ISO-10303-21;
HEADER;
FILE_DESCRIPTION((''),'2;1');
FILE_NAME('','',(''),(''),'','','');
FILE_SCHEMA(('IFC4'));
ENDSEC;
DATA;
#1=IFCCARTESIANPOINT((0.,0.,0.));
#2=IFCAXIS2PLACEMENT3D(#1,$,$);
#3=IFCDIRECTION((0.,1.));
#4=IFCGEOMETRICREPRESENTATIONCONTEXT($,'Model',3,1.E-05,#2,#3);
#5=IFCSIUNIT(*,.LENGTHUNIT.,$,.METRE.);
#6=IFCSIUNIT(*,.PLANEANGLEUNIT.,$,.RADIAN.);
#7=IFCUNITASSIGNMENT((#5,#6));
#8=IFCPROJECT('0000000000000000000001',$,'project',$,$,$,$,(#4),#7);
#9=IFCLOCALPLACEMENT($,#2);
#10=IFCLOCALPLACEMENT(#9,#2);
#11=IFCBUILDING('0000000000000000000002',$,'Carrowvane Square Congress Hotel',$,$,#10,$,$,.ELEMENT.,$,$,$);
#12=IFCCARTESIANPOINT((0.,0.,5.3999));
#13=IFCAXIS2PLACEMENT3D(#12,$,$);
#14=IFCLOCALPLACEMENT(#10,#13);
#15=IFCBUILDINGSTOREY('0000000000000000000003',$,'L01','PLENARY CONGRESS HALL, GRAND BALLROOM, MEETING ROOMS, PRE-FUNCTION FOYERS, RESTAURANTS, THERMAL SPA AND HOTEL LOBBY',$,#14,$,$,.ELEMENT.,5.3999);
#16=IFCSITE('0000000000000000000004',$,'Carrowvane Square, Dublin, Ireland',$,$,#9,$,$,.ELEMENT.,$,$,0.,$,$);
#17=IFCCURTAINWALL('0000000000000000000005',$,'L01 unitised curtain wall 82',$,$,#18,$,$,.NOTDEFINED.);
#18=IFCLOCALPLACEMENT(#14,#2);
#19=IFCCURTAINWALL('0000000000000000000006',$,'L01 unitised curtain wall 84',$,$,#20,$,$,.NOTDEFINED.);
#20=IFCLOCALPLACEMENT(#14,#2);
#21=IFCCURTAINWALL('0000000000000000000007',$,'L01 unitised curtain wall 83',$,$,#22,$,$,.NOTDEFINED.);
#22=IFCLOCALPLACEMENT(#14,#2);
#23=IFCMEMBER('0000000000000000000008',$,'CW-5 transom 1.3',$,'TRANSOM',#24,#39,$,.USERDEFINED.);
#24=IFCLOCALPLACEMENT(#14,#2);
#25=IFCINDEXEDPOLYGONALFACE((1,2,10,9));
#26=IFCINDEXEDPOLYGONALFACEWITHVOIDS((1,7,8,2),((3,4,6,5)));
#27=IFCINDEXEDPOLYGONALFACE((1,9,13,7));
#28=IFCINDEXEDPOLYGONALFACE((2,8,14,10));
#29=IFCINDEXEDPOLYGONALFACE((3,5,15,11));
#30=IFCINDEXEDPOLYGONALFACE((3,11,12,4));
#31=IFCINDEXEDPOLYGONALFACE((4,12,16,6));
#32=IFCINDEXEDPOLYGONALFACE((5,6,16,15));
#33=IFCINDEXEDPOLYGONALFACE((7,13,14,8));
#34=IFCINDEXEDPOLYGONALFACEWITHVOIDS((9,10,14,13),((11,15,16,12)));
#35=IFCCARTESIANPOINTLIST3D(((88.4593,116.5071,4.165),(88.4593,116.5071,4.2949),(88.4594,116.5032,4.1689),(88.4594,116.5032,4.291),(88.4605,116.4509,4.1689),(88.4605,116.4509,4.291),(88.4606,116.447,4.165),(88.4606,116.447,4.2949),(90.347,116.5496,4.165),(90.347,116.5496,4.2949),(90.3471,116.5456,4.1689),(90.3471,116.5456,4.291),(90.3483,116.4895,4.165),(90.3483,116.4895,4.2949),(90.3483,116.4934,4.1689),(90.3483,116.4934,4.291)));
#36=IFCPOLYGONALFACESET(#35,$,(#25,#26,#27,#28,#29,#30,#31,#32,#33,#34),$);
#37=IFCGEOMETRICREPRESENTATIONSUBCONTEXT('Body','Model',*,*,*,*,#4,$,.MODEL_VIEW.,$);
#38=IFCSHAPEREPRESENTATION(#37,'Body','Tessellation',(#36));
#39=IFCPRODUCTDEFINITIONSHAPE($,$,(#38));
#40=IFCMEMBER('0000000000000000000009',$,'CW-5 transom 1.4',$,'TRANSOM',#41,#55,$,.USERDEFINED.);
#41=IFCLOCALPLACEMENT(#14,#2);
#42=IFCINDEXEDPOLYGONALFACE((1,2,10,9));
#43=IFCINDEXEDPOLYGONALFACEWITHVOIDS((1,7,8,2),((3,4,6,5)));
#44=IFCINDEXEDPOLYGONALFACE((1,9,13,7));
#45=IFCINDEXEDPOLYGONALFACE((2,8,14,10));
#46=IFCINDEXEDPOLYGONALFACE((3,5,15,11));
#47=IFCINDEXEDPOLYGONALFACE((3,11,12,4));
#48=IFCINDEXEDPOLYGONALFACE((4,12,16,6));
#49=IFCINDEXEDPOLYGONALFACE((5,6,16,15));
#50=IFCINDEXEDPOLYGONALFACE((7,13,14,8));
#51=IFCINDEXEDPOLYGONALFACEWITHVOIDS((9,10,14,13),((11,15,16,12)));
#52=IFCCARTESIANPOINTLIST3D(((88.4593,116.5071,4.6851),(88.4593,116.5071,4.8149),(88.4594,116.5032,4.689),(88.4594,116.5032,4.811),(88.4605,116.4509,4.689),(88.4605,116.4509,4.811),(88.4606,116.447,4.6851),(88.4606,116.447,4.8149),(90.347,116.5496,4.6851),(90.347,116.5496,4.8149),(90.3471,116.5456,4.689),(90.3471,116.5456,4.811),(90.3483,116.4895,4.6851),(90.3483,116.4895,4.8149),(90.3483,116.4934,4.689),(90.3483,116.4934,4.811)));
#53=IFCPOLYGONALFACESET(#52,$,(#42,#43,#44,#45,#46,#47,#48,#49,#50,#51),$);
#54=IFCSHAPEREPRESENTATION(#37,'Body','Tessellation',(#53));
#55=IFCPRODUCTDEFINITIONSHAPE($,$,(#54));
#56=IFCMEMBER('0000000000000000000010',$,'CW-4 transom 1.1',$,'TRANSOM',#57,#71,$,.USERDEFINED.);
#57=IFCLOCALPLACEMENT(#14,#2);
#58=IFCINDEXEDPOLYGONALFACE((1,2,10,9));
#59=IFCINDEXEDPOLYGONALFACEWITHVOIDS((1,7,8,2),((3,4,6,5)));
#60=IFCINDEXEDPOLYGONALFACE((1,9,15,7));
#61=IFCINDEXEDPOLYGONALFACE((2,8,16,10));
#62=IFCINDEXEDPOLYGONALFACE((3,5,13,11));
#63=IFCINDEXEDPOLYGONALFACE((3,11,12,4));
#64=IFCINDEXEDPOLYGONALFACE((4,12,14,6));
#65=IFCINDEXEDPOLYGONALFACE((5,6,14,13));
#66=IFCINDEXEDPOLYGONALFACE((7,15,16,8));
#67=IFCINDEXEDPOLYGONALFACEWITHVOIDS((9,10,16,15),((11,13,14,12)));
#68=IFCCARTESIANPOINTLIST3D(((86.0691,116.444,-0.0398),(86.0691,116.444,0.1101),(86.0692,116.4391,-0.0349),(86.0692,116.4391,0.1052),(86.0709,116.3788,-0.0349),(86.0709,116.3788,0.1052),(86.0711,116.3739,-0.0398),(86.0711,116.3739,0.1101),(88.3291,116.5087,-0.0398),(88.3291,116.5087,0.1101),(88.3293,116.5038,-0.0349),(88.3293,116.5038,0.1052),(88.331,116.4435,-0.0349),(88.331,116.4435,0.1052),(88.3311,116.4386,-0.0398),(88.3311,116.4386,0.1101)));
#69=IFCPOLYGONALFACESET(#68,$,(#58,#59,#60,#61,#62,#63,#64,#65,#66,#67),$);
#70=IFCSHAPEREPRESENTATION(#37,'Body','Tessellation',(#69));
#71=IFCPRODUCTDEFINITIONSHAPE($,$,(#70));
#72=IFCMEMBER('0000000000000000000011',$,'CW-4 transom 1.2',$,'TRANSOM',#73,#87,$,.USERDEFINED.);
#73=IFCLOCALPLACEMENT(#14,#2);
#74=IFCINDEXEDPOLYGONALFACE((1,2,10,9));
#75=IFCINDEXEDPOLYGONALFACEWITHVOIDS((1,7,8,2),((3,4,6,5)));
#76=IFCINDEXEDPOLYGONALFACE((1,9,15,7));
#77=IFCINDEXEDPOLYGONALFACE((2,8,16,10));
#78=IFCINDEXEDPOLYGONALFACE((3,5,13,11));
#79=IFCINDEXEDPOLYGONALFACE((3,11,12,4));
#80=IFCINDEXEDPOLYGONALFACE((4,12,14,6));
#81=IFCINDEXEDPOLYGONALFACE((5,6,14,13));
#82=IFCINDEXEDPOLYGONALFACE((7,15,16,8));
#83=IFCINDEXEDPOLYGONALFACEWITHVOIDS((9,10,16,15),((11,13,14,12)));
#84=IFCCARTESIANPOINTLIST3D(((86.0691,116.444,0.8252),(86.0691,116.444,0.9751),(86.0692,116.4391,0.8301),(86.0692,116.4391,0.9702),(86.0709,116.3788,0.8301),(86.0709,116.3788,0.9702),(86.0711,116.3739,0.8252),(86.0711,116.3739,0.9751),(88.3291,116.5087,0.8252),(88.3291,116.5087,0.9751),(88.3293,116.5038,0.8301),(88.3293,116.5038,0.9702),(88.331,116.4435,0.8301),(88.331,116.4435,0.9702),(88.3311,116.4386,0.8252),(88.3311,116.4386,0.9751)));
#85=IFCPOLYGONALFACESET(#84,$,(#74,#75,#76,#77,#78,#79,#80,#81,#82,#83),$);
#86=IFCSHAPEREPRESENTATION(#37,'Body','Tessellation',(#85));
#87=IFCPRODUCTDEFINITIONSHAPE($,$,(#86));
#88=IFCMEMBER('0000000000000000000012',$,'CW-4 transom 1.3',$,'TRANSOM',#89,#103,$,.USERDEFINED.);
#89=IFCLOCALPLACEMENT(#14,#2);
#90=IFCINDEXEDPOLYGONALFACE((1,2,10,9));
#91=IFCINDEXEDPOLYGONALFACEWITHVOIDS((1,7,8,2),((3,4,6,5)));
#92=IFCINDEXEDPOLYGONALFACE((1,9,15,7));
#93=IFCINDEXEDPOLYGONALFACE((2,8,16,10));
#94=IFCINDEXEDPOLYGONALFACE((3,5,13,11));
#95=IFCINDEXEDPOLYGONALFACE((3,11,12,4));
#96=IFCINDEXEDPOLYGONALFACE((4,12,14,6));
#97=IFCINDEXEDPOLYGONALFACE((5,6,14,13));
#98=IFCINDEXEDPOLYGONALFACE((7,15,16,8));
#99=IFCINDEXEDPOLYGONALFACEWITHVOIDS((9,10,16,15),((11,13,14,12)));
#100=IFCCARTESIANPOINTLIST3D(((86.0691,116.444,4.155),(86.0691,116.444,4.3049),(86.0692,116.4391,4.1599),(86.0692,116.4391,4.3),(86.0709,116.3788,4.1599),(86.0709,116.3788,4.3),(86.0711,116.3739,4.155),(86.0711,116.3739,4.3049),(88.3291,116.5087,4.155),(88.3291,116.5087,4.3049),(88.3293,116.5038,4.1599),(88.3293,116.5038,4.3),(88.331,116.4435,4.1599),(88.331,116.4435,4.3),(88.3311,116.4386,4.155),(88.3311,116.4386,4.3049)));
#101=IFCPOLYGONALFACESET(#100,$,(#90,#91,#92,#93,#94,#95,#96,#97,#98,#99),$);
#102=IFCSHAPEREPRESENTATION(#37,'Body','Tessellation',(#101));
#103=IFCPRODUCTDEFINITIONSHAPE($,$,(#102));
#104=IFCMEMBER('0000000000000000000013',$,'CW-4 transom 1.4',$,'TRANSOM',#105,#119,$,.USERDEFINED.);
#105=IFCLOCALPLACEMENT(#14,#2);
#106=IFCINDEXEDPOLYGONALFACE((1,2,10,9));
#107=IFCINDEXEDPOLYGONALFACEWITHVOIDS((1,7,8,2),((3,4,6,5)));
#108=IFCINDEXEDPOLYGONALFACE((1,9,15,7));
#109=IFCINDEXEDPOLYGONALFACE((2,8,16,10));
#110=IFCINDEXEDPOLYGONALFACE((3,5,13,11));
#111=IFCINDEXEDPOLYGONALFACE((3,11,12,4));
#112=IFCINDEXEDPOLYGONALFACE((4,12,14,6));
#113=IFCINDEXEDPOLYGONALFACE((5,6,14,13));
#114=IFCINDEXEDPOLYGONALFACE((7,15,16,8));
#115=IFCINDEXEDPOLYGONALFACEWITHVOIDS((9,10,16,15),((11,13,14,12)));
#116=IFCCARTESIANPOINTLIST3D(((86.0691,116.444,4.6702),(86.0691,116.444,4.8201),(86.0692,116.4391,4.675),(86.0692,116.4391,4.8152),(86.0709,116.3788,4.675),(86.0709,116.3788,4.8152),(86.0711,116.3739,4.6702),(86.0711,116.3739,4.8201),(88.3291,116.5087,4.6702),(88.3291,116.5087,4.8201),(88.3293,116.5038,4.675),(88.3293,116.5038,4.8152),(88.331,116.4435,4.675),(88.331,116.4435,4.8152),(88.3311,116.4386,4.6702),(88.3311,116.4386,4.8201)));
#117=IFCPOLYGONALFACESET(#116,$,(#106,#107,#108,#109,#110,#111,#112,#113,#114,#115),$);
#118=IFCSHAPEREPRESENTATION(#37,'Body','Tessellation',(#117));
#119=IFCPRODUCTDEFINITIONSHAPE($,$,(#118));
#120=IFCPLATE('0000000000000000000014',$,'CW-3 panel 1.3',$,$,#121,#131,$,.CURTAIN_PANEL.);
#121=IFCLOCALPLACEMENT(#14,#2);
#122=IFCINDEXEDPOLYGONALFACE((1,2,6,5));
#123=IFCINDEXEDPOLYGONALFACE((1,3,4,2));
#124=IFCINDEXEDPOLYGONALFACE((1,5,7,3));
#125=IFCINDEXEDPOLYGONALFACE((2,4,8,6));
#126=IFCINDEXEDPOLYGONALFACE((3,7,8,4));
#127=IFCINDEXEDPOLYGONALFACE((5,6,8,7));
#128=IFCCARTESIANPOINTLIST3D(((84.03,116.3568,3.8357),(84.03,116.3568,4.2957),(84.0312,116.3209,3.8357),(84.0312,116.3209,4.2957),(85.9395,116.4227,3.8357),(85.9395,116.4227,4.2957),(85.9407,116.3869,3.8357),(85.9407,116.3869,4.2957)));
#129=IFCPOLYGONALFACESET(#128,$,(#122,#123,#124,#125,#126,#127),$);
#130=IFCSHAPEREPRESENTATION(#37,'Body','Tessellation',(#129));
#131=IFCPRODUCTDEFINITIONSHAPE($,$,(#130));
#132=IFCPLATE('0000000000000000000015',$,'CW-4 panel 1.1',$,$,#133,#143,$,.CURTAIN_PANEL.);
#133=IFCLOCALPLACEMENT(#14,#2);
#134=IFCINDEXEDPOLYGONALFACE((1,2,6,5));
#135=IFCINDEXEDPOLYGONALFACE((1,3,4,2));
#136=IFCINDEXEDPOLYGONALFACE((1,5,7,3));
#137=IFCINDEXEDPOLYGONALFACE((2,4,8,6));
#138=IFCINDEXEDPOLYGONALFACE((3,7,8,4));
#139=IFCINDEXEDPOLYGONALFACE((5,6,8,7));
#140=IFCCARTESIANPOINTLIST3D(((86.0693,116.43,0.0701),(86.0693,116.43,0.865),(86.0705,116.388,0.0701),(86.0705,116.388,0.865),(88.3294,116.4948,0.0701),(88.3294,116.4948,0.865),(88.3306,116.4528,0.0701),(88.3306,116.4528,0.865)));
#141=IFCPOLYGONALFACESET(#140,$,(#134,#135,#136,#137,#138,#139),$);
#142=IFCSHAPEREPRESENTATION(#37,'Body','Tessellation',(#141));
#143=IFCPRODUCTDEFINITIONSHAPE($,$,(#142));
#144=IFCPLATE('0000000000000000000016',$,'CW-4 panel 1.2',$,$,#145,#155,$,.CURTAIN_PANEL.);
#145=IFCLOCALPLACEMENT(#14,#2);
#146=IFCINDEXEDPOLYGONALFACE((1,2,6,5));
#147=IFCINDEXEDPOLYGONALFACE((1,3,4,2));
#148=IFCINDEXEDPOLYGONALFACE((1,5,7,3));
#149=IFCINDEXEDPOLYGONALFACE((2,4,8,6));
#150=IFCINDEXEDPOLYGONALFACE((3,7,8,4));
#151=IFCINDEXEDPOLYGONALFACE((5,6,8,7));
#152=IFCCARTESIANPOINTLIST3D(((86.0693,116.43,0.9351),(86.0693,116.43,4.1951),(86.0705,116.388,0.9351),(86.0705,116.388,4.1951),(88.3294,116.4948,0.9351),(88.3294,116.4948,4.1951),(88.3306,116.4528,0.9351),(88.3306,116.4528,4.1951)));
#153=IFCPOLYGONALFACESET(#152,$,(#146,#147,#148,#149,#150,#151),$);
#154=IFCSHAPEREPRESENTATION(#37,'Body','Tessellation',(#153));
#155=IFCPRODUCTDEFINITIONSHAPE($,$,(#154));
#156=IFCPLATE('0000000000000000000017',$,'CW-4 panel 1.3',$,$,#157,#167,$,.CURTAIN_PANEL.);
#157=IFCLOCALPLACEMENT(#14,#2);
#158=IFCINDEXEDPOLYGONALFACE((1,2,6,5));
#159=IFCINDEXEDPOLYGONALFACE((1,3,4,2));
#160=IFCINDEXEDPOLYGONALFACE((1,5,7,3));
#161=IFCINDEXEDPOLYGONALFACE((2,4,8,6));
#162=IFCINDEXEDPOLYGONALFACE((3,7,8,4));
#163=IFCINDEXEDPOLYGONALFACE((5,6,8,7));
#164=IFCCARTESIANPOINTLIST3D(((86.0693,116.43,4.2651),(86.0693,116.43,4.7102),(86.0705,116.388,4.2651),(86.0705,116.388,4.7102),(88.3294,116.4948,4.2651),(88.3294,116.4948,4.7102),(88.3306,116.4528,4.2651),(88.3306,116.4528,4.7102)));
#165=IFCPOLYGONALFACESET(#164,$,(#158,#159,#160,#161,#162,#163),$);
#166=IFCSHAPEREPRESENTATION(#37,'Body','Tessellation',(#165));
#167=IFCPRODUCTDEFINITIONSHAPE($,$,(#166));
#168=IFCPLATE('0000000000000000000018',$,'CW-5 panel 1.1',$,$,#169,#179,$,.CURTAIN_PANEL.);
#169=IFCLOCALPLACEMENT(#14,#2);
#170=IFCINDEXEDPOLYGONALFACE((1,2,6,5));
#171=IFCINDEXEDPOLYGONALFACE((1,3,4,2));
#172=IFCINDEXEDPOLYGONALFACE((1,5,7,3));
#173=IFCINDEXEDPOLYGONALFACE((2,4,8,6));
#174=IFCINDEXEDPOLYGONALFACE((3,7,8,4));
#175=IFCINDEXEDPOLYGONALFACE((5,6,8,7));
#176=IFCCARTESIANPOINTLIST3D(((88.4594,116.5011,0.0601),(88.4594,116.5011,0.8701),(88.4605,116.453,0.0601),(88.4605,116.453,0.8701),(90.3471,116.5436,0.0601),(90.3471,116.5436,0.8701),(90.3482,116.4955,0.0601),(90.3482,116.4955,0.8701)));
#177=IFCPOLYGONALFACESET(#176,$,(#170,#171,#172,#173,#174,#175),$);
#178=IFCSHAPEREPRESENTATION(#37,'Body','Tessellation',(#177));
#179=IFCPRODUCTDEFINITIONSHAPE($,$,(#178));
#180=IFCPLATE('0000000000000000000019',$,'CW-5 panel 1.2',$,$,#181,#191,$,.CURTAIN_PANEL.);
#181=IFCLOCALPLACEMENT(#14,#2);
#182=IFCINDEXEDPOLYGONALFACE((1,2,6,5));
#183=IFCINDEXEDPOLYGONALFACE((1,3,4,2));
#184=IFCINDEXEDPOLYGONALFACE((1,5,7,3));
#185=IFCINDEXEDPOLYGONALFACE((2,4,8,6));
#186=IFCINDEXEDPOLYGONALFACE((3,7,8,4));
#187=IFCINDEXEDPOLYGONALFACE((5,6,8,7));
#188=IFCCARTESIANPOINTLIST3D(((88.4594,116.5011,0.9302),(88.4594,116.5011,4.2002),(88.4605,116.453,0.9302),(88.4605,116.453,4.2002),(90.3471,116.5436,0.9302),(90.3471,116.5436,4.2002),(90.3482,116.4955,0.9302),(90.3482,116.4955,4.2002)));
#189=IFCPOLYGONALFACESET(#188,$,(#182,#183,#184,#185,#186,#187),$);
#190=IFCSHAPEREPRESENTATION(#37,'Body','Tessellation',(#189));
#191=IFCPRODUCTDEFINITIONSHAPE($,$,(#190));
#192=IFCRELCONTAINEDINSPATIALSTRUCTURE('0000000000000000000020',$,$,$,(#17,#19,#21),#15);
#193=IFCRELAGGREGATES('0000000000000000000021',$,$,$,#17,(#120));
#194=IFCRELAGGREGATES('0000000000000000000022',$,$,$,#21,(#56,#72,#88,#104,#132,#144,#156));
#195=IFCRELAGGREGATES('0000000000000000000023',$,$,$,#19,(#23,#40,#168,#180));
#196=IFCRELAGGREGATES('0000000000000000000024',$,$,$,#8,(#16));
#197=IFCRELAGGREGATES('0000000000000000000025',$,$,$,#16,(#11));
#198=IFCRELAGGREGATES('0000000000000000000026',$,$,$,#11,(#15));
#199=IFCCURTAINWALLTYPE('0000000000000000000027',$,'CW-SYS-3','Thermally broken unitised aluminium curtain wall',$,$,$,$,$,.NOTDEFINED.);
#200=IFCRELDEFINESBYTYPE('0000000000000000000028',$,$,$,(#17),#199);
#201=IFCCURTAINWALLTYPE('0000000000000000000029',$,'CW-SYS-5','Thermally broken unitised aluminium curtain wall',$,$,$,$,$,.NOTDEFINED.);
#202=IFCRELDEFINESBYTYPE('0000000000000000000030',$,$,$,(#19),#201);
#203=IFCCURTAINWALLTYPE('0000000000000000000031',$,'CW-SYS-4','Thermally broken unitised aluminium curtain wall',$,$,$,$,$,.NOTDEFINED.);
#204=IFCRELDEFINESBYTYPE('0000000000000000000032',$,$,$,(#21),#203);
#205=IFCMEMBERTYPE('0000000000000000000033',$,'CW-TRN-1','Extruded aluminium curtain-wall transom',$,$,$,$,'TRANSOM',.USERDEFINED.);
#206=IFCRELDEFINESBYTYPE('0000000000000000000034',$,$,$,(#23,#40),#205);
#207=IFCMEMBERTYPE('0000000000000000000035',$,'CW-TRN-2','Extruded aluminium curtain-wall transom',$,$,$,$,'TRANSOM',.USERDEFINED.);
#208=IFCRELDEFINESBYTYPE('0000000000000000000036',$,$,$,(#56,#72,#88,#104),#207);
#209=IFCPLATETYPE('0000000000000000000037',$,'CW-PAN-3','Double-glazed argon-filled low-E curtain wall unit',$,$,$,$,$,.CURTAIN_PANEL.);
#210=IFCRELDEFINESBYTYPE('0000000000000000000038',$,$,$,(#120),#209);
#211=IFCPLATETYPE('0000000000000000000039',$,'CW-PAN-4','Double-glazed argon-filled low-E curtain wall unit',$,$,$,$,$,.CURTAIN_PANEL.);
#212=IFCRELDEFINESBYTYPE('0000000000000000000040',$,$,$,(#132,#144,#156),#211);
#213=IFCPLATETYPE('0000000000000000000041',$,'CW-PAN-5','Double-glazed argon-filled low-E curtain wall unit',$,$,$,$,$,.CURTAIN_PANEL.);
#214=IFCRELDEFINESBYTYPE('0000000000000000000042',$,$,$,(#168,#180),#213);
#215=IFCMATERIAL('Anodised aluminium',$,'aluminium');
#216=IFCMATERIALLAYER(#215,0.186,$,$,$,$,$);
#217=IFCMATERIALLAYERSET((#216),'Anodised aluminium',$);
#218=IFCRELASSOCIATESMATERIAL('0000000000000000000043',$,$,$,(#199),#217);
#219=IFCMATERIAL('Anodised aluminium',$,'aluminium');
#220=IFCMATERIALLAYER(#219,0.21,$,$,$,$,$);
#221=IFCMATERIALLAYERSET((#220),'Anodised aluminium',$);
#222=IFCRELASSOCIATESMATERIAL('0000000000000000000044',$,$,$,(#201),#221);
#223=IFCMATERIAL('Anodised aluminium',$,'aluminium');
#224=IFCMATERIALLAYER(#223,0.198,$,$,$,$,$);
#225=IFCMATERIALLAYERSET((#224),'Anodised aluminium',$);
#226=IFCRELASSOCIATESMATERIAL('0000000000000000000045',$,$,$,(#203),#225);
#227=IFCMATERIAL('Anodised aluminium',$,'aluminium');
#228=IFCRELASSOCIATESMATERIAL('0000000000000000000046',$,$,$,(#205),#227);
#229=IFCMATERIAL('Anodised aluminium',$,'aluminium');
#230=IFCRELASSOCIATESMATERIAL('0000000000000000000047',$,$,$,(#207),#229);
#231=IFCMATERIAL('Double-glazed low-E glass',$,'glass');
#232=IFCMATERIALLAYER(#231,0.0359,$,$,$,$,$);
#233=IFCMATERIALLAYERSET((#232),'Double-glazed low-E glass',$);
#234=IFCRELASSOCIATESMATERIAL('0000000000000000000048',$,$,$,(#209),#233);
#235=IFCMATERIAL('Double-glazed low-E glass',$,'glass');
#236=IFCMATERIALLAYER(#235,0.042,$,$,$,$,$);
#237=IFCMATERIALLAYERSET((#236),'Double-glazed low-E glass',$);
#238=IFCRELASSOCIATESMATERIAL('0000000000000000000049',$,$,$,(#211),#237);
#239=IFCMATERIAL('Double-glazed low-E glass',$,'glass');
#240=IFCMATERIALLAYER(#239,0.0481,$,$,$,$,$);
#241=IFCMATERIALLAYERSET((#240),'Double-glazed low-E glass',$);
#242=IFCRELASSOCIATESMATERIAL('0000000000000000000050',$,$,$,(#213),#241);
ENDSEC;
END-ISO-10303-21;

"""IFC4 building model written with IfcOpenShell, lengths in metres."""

from ifc_helpers import new_model, si_unit, direction, frame, origin, origin_2d, place, context, subcontext, project, spatial, rectangle, hollow_rectangle, extrude, material, layer, layer_set, material_profile, profile_set, type_object, element, aggregate, save


model = new_model("IFC4")

# Units and contexts
model_context = context("Model", 3, precision=1e-05, world=origin(), true_north=direction((0.0, 1.0)))
body_context = subcontext(model_context, "Body", "Model", "MODEL_VIEW")
ifc_project = project(units=[si_unit("LENGTHUNIT", "METRE"), si_unit("PLANEANGLEUNIT", "RADIAN")], contexts=[model_context])

# Site, building, storey
site_placement = place(None, origin())
site = spatial("IfcSite", under=ifc_project, at=site_placement, Name="Carrowvane Square, Dublin, Ireland", CompositionType="ELEMENT", RefElevation=0.0)
building_placement = place(site_placement, origin())
building = spatial("IfcBuilding", under=site, at=building_placement, Name="Carrowvane Square Congress Hotel", CompositionType="ELEMENT")
storey_placement = place(building_placement, frame((0.0, 0.0, 5.3999)))
storey = spatial("IfcBuildingStorey", under=building, at=storey_placement, Name="L01", Description="PLENARY CONGRESS HALL, GRAND BALLROOM, MEETING ROOMS, PRE-FUNCTION FOYERS, RESTAURANTS, THERMAL SPA AND HOTEL LOBBY", CompositionType="ELEMENT", Elevation=5.3999)

# Curtain wall
ifc_material_1 = material(Name="Anodised aluminium", Category="aluminium")
ifc_layer_1 = layer(ifc_material_1, 0.186)
ifc_layer_set_1 = layer_set([ifc_layer_1], Name="Anodised aluminium")
curtain_wall_type_1 = type_object("IfcCurtainWallType", Name="CW-SYS-3", Description="Thermally broken unitised aluminium curtain wall", PredefinedType="NOTDEFINED", material=ifc_layer_set_1)
curtain_wall_1_placement = place(storey_placement, origin())
curtain_wall_1 = element("IfcCurtainWall", 1, at=curtain_wall_1_placement, inside=storey, type_object=curtain_wall_type_1, Name="L01 unitised curtain wall 82", PredefinedType="NOTDEFINED")

# Curtain walls
ifc_material_2 = material(Name="Anodised aluminium", Category="aluminium")
ifc_layer_2 = layer(ifc_material_2, 0.21)
ifc_layer_set_2 = layer_set([ifc_layer_2], Name="Anodised aluminium")
curtain_wall_type_2 = type_object("IfcCurtainWallType", Name="CW-SYS-5", Description="Thermally broken unitised aluminium curtain wall", PredefinedType="NOTDEFINED", material=ifc_layer_set_2)
curtain_wall_2_placement = place(storey_placement, origin())
curtain_wall_2 = element("IfcCurtainWall", 2, at=curtain_wall_2_placement, inside=storey, type_object=curtain_wall_type_2, Name="L01 unitised curtain wall 84", PredefinedType="NOTDEFINED")
ifc_material_3 = material(Name="Anodised aluminium", Category="aluminium")
ifc_layer_3 = layer(ifc_material_3, 0.198)
ifc_layer_set_3 = layer_set([ifc_layer_3], Name="Anodised aluminium")
curtain_wall_type_3 = type_object("IfcCurtainWallType", Name="CW-SYS-4", Description="Thermally broken unitised aluminium curtain wall", PredefinedType="NOTDEFINED", material=ifc_layer_set_3)
curtain_wall_3_placement = place(storey_placement, origin())
curtain_wall_3 = element("IfcCurtainWall", 3, at=curtain_wall_3_placement, inside=storey, type_object=curtain_wall_type_3, Name="L01 unitised curtain wall 83", PredefinedType="NOTDEFINED")

# Members
ifc_material_4 = material(Name="Anodised aluminium", Category="aluminium")
ifc_material_profile_1 = material_profile(ifc_material_4, hollow_rectangle(XDim=0.0601, YDim=0.1299, WallThickness=0.0039, at=origin_2d()), Name="CW-TR 60x130x4")
ifc_profile_set_1 = profile_set([ifc_material_profile_1], Name="Anodised aluminium")
member_type_1 = type_object("IfcMemberType", Name="CW-TRN-1", Description="Extruded aluminium curtain-wall transom", ElementType="TRANSOM", PredefinedType="USERDEFINED", material=ifc_profile_set_1)
member_1_placement = place(storey_placement, frame((88.46, 116.4771, 4.23), z_axis=(0.999747, 0.022498, 0.0), x_axis=(-0.022498, 0.999747, 0.0)))
member_1 = element("IfcMember", 4, at=member_1_placement, type_object=member_type_1, Name="CW-5 transom 1.3", ObjectType="TRANSOM", PredefinedType="USERDEFINED", context=body_context, shape_type="SweptSolid", body=[
    extrude(hollow_rectangle(XDim=0.0601, YDim=0.1299, WallThickness=0.0039, at=origin_2d()), origin(), (0.0, 0.0, 1.0), 1.8882),
])
member_2_placement = place(storey_placement, frame((88.46, 116.4771, 4.75), z_axis=(0.999747, 0.022498, 0.0), x_axis=(-0.022498, 0.999747, 0.0)))
member_2 = element("IfcMember", 5, at=member_2_placement, type_object=member_type_1, Name="CW-5 transom 1.4", ObjectType="TRANSOM", PredefinedType="USERDEFINED", context=body_context, shape_type="SweptSolid", body=[
    extrude(hollow_rectangle(XDim=0.0601, YDim=0.1299, WallThickness=0.0039, at=origin_2d()), origin(), (0.0, 0.0, 1.0), 1.8882),
])
ifc_material_5 = material(Name="Anodised aluminium", Category="aluminium")
ifc_material_profile_2 = material_profile(ifc_material_5, hollow_rectangle(XDim=0.0701, YDim=0.1499, WallThickness=0.0049, at=origin_2d()), Name="CW-TR 70x150x5")
ifc_profile_set_2 = profile_set([ifc_material_profile_2], Name="Anodised aluminium")
member_type_2 = type_object("IfcMemberType", Name="CW-TRN-2", Description="Extruded aluminium curtain-wall transom", ElementType="TRANSOM", PredefinedType="USERDEFINED", material=ifc_profile_set_2)
member_3_placement = place(storey_placement, frame((86.0701, 116.4089, 0.0352), z_axis=(0.99959, 0.028615, 0.0), x_axis=(-0.028615, 0.99959, 0.0)))
member_3 = element("IfcMember", 6, at=member_3_placement, type_object=member_type_2, Name="CW-4 transom 1.1", ObjectType="TRANSOM", PredefinedType="USERDEFINED", context=body_context, shape_type="SweptSolid", body=[
    extrude(hollow_rectangle(XDim=0.0701, YDim=0.1499, WallThickness=0.0049, at=origin_2d()), origin(), (0.0, 0.0, 1.0), 2.261),
])
member_4_placement = place(storey_placement, frame((86.0701, 116.4089, 0.9001), z_axis=(0.99959, 0.028615, 0.0), x_axis=(-0.028615, 0.99959, 0.0)))
member_4 = element("IfcMember", 7, at=member_4_placement, type_object=member_type_2, Name="CW-4 transom 1.2", ObjectType="TRANSOM", PredefinedType="USERDEFINED", context=body_context, shape_type="SweptSolid", body=[
    extrude(hollow_rectangle(XDim=0.0701, YDim=0.1499, WallThickness=0.0049, at=origin_2d()), origin(), (0.0, 0.0, 1.0), 2.261),
])
member_5_placement = place(storey_placement, frame((86.0701, 116.4089, 4.23), z_axis=(0.99959, 0.028615, 0.0), x_axis=(-0.028615, 0.99959, 0.0)))
member_5 = element("IfcMember", 8, at=member_5_placement, type_object=member_type_2, Name="CW-4 transom 1.3", ObjectType="TRANSOM", PredefinedType="USERDEFINED", context=body_context, shape_type="SweptSolid", body=[
    extrude(hollow_rectangle(XDim=0.0701, YDim=0.1499, WallThickness=0.0049, at=origin_2d()), origin(), (0.0, 0.0, 1.0), 2.261),
])
member_6_placement = place(storey_placement, frame((86.0701, 116.4089, 4.7451), z_axis=(0.99959, 0.028615, 0.0), x_axis=(-0.028615, 0.99959, 0.0)))
member_6 = element("IfcMember", 9, at=member_6_placement, type_object=member_type_2, Name="CW-4 transom 1.4", ObjectType="TRANSOM", PredefinedType="USERDEFINED", context=body_context, shape_type="SweptSolid", body=[
    extrude(hollow_rectangle(XDim=0.0701, YDim=0.1499, WallThickness=0.0049, at=origin_2d()), origin(), (0.0, 0.0, 1.0), 2.261),
])

# Plates
ifc_material_6 = material(Name="Double-glazed low-E glass", Category="glass")
ifc_layer_4 = layer(ifc_material_6, 0.0359)
ifc_layer_set_4 = layer_set([ifc_layer_4], Name="Double-glazed low-E glass")
plate_type_1 = type_object("IfcPlateType", Name="CW-PAN-3", Description="Double-glazed argon-filled low-E curtain wall unit", PredefinedType="CURTAIN_PANEL", material=ifc_layer_set_4)
plate_1_placement = place(storey_placement, frame((84.9854, 116.3718, 3.8357), z_axis=(0.0, 0.0, 1.0), x_axis=(0.999404, 0.034527, 0.0)))
plate_1 = element("IfcPlate", 10, at=plate_1_placement, type_object=plate_type_1, Name="CW-3 panel 1.3", PredefinedType="CURTAIN_PANEL", context=body_context, shape_type="SweptSolid", body=[
    extrude(rectangle(XDim=1.9106, YDim=0.0359, at=origin_2d()), origin(), (0.0, 0.0, 1.0), 0.46),
])
aggregate(curtain_wall_1, [plate_1])
ifc_material_7 = material(Name="Double-glazed low-E glass", Category="glass")
ifc_layer_5 = layer(ifc_material_7, 0.042)
ifc_layer_set_5 = layer_set([ifc_layer_5], Name="Double-glazed low-E glass")
plate_type_2 = type_object("IfcPlateType", Name="CW-PAN-4", Description="Double-glazed argon-filled low-E curtain wall unit", PredefinedType="CURTAIN_PANEL", material=ifc_layer_set_5)
plate_2_placement = place(storey_placement, frame((87.2, 116.4414, 0.0701), z_axis=(0.0, 0.0, 1.0), x_axis=(0.99959, 0.028638, 0.0)))
plate_2 = element("IfcPlate", 11, at=plate_2_placement, type_object=plate_type_2, Name="CW-4 panel 1.1", PredefinedType="CURTAIN_PANEL", context=body_context, shape_type="SweptSolid", body=[
    extrude(rectangle(XDim=2.261, YDim=0.042, at=origin_2d()), origin(), (0.0, 0.0, 1.0), 0.7949),
])
plate_3_placement = place(storey_placement, frame((87.2, 116.4414, 0.9351), z_axis=(0.0, 0.0, 1.0), x_axis=(0.99959, 0.028638, 0.0)))
plate_3 = element("IfcPlate", 12, at=plate_3_placement, type_object=plate_type_2, Name="CW-4 panel 1.2", PredefinedType="CURTAIN_PANEL", context=body_context, shape_type="SweptSolid", body=[
    extrude(rectangle(XDim=2.261, YDim=0.042, at=origin_2d()), origin(), (0.0, 0.0, 1.0), 3.26),
])
plate_4_placement = place(storey_placement, frame((87.2, 116.4414, 4.2651), z_axis=(0.0, 0.0, 1.0), x_axis=(0.99959, 0.028638, 0.0)))
plate_4 = element("IfcPlate", 13, at=plate_4_placement, type_object=plate_type_2, Name="CW-4 panel 1.3", PredefinedType="CURTAIN_PANEL", context=body_context, shape_type="SweptSolid", body=[
    extrude(rectangle(XDim=2.261, YDim=0.042, at=origin_2d()), origin(), (0.0, 0.0, 1.0), 0.4451),
])
aggregate(curtain_wall_3, [member_3, member_4, member_5, member_6, plate_2, plate_3, plate_4])
ifc_material_8 = material(Name="Double-glazed low-E glass", Category="glass")
ifc_layer_6 = layer(ifc_material_8, 0.0481)
ifc_layer_set_6 = layer_set([ifc_layer_6], Name="Double-glazed low-E glass")
plate_type_3 = type_object("IfcPlateType", Name="CW-PAN-5", Description="Double-glazed argon-filled low-E curtain wall unit", PredefinedType="CURTAIN_PANEL", material=ifc_layer_set_6)
plate_5_placement = place(storey_placement, frame((89.4038, 116.4983, 0.0601), z_axis=(0.0, 0.0, 1.0), x_axis=(0.999746, 0.022518, 0.0)))
plate_5 = element("IfcPlate", 14, at=plate_5_placement, type_object=plate_type_3, Name="CW-5 panel 1.1", PredefinedType="CURTAIN_PANEL", context=body_context, shape_type="SweptSolid", body=[
    extrude(rectangle(XDim=1.8882, YDim=0.0481, at=origin_2d()), origin(), (0.0, 0.0, 1.0), 0.8101),
])
plate_6_placement = place(storey_placement, frame((89.4038, 116.4983, 0.9302), z_axis=(0.0, 0.0, 1.0), x_axis=(0.999746, 0.022518, 0.0)))
plate_6 = element("IfcPlate", 15, at=plate_6_placement, type_object=plate_type_3, Name="CW-5 panel 1.2", PredefinedType="CURTAIN_PANEL", context=body_context, shape_type="SweptSolid", body=[
    extrude(rectangle(XDim=1.8882, YDim=0.0481, at=origin_2d()), origin(), (0.0, 0.0, 1.0), 3.27),
])
aggregate(curtain_wall_2, [member_1, member_2, plate_5, plate_6])

save(model, "model.ifc")
